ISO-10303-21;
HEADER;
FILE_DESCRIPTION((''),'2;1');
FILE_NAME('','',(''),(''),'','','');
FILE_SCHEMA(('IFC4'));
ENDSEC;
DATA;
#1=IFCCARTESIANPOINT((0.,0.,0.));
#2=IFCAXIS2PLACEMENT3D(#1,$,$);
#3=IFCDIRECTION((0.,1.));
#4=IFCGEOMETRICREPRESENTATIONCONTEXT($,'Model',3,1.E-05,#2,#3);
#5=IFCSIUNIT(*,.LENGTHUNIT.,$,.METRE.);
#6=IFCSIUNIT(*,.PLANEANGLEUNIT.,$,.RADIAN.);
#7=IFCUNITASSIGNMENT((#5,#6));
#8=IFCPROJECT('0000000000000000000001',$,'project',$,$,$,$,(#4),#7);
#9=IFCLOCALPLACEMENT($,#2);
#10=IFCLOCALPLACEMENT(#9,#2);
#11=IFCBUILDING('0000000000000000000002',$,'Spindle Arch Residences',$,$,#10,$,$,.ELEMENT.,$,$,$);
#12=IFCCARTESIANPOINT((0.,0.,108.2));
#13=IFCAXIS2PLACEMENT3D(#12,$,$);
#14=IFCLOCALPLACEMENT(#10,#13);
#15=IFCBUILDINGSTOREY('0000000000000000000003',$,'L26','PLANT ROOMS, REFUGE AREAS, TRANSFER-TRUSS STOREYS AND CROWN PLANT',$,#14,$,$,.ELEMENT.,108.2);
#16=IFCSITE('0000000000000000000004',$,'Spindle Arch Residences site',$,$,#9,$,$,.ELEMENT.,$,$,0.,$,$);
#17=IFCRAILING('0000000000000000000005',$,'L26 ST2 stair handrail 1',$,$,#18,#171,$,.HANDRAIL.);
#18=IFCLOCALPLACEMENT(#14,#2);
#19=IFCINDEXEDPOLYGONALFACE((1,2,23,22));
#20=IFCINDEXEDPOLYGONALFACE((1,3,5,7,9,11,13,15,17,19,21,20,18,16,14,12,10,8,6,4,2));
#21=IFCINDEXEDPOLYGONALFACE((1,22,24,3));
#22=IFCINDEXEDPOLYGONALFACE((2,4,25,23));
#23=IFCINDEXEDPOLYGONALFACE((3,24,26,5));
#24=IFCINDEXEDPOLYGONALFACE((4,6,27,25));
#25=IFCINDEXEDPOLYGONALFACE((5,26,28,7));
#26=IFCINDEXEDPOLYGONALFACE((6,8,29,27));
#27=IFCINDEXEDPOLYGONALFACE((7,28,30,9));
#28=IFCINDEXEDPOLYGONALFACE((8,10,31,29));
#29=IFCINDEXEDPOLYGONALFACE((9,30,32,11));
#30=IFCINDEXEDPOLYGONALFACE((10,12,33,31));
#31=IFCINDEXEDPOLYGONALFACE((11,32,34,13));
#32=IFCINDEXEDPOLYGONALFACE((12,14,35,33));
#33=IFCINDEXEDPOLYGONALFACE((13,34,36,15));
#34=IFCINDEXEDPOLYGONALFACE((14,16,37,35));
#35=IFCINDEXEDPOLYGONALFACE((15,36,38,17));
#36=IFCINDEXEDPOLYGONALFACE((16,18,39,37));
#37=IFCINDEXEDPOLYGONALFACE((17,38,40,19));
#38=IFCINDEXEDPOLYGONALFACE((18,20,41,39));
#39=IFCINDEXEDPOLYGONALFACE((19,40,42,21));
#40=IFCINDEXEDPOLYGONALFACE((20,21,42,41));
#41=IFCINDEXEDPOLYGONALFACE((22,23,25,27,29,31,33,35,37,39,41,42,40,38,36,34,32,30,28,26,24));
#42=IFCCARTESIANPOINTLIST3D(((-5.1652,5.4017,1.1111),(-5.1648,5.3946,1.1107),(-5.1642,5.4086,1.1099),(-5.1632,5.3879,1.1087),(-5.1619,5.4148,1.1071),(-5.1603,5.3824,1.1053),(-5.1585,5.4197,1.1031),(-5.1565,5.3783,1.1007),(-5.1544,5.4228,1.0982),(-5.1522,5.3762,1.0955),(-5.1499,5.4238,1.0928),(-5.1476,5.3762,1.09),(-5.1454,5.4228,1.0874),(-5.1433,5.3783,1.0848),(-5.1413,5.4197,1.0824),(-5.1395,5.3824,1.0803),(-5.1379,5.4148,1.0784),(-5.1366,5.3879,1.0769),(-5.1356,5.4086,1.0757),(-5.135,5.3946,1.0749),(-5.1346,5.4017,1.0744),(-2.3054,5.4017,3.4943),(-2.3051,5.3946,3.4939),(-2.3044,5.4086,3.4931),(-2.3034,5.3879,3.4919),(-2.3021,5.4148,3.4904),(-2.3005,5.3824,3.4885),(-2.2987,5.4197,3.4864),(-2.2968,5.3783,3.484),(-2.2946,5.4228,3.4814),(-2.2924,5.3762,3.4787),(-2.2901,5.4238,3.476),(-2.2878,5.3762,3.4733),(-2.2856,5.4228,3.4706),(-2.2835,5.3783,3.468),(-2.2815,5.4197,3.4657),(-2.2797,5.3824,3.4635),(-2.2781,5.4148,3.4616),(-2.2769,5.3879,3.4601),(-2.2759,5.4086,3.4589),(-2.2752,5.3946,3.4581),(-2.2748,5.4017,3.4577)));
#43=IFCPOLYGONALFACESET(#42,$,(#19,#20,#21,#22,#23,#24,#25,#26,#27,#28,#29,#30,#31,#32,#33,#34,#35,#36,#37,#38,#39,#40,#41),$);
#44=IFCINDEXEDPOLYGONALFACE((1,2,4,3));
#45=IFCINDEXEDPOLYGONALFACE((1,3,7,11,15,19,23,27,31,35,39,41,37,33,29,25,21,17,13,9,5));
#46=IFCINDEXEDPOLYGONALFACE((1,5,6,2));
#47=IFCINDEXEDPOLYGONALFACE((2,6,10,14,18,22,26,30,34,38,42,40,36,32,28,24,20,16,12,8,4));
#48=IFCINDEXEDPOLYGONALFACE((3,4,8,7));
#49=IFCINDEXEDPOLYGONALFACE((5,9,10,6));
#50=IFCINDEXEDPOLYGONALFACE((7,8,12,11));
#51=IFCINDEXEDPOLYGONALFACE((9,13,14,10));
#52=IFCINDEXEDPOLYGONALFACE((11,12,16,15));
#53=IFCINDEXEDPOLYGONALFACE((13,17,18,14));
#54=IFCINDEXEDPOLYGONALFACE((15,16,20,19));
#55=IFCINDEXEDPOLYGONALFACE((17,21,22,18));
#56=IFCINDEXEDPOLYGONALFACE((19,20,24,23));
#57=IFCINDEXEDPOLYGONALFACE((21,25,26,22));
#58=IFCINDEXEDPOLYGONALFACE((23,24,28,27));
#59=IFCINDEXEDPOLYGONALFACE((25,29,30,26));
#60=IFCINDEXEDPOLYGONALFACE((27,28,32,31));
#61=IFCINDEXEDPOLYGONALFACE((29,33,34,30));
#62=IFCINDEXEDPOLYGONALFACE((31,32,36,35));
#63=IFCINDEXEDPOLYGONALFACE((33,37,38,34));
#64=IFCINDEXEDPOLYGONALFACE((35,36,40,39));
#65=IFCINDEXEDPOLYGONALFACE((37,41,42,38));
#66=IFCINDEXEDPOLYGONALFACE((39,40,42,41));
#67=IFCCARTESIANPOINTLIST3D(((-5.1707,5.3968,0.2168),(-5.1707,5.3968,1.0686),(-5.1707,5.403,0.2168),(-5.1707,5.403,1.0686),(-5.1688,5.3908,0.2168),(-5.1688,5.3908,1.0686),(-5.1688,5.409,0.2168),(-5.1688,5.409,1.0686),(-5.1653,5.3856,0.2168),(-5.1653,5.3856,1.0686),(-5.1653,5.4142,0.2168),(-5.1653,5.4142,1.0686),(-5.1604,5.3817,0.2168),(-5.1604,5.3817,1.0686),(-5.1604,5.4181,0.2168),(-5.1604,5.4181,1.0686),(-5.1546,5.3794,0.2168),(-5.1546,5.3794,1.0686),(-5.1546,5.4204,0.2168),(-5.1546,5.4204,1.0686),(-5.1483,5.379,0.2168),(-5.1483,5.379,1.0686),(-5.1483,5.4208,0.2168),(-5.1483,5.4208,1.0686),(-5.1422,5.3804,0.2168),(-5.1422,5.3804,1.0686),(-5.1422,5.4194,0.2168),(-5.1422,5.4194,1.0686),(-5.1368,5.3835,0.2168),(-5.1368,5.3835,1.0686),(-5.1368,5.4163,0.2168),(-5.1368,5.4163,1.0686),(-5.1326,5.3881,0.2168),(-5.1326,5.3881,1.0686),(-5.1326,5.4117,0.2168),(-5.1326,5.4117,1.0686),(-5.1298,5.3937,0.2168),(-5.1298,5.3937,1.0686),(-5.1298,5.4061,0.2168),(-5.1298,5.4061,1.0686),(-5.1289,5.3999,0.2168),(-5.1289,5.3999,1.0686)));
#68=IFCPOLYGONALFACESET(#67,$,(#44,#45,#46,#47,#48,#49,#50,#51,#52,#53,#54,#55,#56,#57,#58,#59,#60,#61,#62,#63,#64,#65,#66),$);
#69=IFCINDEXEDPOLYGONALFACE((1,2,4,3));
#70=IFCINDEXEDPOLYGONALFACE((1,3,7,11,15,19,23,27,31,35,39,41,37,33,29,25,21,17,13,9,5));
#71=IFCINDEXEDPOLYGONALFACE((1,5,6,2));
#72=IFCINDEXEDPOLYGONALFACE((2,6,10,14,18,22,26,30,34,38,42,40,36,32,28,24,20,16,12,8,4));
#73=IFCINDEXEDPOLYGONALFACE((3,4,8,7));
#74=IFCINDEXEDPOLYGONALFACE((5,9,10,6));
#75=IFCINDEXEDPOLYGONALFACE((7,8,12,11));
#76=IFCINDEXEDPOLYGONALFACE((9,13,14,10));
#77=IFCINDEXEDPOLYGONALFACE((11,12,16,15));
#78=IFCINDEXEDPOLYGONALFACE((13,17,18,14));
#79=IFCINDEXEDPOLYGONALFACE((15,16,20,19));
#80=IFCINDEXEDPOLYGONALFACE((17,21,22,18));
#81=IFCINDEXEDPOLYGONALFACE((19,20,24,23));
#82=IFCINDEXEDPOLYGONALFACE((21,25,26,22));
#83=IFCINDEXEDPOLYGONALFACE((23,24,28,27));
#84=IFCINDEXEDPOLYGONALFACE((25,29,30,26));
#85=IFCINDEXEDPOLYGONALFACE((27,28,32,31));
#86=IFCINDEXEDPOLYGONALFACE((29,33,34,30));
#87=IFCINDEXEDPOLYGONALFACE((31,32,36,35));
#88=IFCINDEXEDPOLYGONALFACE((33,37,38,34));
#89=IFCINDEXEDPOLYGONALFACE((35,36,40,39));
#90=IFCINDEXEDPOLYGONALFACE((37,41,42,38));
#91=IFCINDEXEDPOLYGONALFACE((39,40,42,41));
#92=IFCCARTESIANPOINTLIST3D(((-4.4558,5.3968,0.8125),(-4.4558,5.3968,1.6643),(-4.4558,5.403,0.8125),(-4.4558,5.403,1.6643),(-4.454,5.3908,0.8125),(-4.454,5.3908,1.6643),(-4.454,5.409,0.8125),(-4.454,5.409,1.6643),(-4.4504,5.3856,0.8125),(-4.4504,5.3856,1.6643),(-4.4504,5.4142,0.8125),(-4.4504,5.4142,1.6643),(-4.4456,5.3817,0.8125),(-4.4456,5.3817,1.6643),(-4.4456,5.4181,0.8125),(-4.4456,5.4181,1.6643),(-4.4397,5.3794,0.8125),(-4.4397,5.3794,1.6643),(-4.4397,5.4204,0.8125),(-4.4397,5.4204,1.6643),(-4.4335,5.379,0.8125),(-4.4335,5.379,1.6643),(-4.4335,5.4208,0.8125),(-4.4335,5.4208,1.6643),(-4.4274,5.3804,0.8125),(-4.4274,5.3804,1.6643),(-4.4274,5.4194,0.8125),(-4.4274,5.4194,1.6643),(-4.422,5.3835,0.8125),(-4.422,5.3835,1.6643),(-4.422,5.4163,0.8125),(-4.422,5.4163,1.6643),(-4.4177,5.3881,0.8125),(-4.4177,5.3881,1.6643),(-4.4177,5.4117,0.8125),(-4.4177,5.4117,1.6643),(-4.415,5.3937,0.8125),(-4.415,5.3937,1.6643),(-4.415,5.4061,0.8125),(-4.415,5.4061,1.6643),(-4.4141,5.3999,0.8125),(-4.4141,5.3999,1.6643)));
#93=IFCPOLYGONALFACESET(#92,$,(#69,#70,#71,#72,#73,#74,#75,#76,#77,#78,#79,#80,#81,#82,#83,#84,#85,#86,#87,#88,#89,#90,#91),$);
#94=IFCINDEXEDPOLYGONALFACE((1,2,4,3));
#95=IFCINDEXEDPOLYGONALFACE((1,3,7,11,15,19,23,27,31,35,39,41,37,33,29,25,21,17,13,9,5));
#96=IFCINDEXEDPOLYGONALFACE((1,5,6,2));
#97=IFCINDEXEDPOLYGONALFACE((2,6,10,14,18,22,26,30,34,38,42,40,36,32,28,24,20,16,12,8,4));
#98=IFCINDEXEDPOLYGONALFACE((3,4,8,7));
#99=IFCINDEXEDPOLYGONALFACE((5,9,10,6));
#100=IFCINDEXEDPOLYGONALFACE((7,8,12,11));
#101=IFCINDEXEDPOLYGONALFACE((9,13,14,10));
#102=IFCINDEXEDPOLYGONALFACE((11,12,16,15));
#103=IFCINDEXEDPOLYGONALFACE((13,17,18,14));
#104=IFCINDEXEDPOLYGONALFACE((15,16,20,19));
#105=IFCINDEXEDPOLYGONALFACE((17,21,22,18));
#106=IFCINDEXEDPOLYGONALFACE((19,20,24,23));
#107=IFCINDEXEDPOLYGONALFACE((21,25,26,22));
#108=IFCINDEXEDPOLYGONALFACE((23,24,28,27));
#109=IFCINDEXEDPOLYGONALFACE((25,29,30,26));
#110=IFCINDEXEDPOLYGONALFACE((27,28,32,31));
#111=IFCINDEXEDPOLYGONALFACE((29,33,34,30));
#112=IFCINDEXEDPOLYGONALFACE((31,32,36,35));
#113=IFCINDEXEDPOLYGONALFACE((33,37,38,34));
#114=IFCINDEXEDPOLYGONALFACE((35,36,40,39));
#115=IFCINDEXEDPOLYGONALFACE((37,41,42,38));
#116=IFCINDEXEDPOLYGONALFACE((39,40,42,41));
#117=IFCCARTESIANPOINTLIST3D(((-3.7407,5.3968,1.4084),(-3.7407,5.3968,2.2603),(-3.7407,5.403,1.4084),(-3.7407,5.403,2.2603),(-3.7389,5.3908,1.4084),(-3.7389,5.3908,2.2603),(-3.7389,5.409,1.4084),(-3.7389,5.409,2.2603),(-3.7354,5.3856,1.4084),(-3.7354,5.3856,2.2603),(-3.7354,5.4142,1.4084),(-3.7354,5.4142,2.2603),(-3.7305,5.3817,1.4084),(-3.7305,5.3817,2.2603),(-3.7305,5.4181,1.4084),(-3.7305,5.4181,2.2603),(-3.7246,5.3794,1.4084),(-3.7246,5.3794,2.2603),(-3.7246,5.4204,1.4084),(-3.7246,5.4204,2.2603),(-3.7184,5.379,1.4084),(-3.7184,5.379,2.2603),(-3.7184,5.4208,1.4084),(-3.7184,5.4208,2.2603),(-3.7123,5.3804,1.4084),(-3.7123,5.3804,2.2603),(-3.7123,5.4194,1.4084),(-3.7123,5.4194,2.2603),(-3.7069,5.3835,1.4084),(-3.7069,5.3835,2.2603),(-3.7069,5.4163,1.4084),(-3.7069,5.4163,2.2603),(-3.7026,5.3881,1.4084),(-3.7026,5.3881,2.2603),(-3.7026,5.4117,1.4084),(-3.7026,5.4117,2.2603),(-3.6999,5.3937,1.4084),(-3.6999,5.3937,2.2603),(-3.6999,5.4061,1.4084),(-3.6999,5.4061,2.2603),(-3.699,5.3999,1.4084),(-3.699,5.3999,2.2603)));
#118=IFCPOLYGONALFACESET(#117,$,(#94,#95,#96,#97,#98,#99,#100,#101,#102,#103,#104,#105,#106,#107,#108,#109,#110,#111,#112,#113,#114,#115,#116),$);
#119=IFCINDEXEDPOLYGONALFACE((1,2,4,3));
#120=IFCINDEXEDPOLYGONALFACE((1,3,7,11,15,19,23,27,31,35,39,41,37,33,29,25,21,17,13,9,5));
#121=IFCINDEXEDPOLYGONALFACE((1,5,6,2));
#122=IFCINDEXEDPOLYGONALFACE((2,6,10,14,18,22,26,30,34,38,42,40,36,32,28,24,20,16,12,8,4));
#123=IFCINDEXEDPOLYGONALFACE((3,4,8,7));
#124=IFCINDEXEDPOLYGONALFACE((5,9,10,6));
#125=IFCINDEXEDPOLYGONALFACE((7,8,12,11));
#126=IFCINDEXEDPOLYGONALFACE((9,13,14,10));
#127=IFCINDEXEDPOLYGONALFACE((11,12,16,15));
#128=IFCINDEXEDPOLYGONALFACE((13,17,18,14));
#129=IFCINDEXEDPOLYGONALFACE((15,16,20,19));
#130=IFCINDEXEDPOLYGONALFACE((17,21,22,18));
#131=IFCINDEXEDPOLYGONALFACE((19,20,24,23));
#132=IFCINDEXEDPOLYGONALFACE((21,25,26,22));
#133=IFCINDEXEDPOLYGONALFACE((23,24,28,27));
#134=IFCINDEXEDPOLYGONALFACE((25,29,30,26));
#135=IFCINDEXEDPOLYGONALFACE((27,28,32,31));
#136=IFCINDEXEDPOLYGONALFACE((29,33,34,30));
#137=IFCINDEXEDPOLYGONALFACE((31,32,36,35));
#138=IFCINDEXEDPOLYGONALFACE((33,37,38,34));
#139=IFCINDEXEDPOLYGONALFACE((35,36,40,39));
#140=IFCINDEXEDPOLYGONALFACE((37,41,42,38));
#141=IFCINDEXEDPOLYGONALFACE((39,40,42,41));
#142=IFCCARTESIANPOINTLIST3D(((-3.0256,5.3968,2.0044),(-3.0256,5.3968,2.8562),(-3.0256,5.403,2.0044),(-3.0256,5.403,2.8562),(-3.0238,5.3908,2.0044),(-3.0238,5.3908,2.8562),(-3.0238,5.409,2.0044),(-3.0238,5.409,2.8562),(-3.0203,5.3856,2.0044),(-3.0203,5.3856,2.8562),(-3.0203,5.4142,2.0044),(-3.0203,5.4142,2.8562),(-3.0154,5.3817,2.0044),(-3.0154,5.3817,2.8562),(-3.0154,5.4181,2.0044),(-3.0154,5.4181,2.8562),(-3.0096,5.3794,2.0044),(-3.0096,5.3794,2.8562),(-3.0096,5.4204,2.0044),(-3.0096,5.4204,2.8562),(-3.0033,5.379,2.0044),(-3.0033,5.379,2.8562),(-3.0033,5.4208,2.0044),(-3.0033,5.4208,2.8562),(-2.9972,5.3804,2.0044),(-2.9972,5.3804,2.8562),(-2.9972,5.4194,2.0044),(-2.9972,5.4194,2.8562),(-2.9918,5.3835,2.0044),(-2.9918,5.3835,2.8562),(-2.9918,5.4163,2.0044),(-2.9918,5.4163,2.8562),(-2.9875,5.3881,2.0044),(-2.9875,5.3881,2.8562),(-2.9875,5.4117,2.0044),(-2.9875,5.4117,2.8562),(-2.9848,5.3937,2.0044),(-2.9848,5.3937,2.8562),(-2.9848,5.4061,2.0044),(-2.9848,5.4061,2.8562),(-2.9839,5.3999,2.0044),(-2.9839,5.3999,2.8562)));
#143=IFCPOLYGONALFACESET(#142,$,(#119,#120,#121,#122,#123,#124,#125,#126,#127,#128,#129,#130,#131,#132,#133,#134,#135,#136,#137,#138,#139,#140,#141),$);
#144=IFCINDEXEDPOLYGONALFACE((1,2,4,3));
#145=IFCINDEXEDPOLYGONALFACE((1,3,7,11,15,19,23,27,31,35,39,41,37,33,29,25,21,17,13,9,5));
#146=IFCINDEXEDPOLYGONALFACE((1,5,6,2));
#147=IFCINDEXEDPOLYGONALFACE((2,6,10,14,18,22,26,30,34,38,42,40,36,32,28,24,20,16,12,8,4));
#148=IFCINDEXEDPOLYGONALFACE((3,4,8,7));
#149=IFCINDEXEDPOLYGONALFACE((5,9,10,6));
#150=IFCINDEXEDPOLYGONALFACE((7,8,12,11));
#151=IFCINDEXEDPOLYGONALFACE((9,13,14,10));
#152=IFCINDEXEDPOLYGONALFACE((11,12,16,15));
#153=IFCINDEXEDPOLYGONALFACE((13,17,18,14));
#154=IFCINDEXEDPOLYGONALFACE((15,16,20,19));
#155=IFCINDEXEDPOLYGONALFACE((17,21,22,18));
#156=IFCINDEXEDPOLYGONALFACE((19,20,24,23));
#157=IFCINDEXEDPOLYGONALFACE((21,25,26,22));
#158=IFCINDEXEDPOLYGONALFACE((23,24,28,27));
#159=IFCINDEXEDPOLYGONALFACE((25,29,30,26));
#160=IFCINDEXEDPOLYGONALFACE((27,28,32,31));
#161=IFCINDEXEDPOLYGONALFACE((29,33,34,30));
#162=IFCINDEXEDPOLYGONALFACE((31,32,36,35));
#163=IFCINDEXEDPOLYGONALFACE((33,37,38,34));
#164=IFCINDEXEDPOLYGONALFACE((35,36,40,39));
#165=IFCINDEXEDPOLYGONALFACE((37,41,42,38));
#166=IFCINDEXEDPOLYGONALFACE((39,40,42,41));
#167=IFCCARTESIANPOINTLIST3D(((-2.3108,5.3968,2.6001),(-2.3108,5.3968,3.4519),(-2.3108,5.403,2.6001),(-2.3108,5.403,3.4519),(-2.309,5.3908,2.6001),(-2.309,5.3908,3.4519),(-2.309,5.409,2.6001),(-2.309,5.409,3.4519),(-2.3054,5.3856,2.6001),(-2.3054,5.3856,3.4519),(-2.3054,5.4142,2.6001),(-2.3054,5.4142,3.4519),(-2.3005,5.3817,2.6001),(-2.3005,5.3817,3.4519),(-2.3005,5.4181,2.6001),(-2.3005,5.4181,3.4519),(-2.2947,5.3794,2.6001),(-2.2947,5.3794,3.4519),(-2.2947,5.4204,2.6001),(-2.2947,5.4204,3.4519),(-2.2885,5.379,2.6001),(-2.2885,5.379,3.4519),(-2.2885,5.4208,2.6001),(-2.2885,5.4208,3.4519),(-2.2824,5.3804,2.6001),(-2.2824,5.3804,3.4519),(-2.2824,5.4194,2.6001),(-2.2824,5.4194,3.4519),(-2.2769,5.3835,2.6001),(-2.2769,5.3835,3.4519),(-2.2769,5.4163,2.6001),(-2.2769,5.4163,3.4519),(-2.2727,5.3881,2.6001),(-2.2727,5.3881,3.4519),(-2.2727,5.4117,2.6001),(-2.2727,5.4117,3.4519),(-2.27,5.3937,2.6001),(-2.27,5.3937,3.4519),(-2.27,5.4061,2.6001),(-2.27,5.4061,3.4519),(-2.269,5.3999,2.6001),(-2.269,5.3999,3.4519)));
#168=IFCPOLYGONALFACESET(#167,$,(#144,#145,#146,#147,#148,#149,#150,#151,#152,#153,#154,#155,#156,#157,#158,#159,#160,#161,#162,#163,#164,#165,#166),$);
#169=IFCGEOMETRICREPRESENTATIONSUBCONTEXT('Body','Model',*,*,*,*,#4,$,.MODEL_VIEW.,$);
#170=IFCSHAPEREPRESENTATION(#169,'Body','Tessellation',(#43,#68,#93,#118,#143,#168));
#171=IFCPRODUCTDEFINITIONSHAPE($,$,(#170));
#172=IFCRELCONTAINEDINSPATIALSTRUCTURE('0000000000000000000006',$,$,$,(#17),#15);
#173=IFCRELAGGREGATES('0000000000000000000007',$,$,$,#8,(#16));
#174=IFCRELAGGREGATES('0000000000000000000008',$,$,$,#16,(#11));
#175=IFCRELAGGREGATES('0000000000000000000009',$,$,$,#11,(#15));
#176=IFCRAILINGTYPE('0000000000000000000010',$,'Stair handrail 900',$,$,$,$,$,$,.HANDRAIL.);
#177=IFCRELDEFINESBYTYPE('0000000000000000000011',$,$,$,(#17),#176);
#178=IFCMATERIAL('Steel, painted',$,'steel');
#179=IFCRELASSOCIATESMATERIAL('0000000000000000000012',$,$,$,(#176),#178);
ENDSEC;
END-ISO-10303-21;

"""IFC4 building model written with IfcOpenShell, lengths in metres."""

from ifc_helpers import new_model, si_unit, direction, frame, origin, origin_2d, place, context, subcontext, project, spatial, circle, extrude, material, type_object, element, save


model = new_model("IFC4")

# Units and contexts
model_context = context("Model", 3, precision=1e-05, world=origin(), true_north=direction((0.0, 1.0)))
body_context = subcontext(model_context, "Body", "Model", "MODEL_VIEW")
ifc_project = project(units=[si_unit("LENGTHUNIT", "METRE"), si_unit("PLANEANGLEUNIT", "RADIAN")], contexts=[model_context])

# Site, building, storey
site_placement = place(None, origin())
site = spatial("IfcSite", under=ifc_project, at=site_placement, Name="Spindle Arch Residences site", CompositionType="ELEMENT", RefElevation=0.0)
building_placement = place(site_placement, origin())
building = spatial("IfcBuilding", under=site, at=building_placement, Name="Spindle Arch Residences", CompositionType="ELEMENT")
storey_placement = place(building_placement, frame((0.0, 0.0, 108.2)))
storey = spatial("IfcBuildingStorey", under=building, at=storey_placement, Name="L26", Description="PLANT ROOMS, REFUGE AREAS, TRANSFER-TRUSS STOREYS AND CROWN PLANT", CompositionType="ELEMENT", Elevation=108.2)

# Railing
ifc_material_1 = material(Name="Steel, painted", Category="steel")
railing_type_1 = type_object("IfcRailingType", Name="Stair handrail 900", PredefinedType="HANDRAIL", material=ifc_material_1)
railing_1_placement = place(storey_placement, frame((-5.1499, 5.3999, 0.2168)))
element("IfcRailing", 1, at=railing_1_placement, inside=storey, type_object=railing_type_1, Name="L26 ST2 stair handrail 1", PredefinedType="HANDRAIL", context=body_context, shape_type="SweptSolid", body=[
    extrude(circle(Radius=0.0239, at=origin_2d()), frame((0.0, 0.0, 0.876), z_axis=(0.768211, 0.0, 0.640197), x_axis=(0.0, 1.0, 0.0)), (0.0, 0.0, 1.0), 3.7227),
    extrude(circle(Radius=0.021, at=origin_2d()), origin(), (0.0, 0.0, 1.0), 0.8518),
    extrude(circle(Radius=0.021, at=origin_2d()), frame((0.7148, 0.0, 0.5957)), (0.0, 0.0, 1.0), 0.8518),
    extrude(circle(Radius=0.021, at=origin_2d()), frame((1.4299, 0.0, 1.1917)), (0.0, 0.0, 1.0), 0.8518),
    extrude(circle(Radius=0.021, at=origin_2d()), frame((2.145, 0.0, 1.7876)), (0.0, 0.0, 1.0), 0.8518),
    extrude(circle(Radius=0.021, at=origin_2d()), frame((2.8599, 0.0, 2.3833)), (0.0, 0.0, 1.0), 0.8518),
])

save(model, "model.ifc")
